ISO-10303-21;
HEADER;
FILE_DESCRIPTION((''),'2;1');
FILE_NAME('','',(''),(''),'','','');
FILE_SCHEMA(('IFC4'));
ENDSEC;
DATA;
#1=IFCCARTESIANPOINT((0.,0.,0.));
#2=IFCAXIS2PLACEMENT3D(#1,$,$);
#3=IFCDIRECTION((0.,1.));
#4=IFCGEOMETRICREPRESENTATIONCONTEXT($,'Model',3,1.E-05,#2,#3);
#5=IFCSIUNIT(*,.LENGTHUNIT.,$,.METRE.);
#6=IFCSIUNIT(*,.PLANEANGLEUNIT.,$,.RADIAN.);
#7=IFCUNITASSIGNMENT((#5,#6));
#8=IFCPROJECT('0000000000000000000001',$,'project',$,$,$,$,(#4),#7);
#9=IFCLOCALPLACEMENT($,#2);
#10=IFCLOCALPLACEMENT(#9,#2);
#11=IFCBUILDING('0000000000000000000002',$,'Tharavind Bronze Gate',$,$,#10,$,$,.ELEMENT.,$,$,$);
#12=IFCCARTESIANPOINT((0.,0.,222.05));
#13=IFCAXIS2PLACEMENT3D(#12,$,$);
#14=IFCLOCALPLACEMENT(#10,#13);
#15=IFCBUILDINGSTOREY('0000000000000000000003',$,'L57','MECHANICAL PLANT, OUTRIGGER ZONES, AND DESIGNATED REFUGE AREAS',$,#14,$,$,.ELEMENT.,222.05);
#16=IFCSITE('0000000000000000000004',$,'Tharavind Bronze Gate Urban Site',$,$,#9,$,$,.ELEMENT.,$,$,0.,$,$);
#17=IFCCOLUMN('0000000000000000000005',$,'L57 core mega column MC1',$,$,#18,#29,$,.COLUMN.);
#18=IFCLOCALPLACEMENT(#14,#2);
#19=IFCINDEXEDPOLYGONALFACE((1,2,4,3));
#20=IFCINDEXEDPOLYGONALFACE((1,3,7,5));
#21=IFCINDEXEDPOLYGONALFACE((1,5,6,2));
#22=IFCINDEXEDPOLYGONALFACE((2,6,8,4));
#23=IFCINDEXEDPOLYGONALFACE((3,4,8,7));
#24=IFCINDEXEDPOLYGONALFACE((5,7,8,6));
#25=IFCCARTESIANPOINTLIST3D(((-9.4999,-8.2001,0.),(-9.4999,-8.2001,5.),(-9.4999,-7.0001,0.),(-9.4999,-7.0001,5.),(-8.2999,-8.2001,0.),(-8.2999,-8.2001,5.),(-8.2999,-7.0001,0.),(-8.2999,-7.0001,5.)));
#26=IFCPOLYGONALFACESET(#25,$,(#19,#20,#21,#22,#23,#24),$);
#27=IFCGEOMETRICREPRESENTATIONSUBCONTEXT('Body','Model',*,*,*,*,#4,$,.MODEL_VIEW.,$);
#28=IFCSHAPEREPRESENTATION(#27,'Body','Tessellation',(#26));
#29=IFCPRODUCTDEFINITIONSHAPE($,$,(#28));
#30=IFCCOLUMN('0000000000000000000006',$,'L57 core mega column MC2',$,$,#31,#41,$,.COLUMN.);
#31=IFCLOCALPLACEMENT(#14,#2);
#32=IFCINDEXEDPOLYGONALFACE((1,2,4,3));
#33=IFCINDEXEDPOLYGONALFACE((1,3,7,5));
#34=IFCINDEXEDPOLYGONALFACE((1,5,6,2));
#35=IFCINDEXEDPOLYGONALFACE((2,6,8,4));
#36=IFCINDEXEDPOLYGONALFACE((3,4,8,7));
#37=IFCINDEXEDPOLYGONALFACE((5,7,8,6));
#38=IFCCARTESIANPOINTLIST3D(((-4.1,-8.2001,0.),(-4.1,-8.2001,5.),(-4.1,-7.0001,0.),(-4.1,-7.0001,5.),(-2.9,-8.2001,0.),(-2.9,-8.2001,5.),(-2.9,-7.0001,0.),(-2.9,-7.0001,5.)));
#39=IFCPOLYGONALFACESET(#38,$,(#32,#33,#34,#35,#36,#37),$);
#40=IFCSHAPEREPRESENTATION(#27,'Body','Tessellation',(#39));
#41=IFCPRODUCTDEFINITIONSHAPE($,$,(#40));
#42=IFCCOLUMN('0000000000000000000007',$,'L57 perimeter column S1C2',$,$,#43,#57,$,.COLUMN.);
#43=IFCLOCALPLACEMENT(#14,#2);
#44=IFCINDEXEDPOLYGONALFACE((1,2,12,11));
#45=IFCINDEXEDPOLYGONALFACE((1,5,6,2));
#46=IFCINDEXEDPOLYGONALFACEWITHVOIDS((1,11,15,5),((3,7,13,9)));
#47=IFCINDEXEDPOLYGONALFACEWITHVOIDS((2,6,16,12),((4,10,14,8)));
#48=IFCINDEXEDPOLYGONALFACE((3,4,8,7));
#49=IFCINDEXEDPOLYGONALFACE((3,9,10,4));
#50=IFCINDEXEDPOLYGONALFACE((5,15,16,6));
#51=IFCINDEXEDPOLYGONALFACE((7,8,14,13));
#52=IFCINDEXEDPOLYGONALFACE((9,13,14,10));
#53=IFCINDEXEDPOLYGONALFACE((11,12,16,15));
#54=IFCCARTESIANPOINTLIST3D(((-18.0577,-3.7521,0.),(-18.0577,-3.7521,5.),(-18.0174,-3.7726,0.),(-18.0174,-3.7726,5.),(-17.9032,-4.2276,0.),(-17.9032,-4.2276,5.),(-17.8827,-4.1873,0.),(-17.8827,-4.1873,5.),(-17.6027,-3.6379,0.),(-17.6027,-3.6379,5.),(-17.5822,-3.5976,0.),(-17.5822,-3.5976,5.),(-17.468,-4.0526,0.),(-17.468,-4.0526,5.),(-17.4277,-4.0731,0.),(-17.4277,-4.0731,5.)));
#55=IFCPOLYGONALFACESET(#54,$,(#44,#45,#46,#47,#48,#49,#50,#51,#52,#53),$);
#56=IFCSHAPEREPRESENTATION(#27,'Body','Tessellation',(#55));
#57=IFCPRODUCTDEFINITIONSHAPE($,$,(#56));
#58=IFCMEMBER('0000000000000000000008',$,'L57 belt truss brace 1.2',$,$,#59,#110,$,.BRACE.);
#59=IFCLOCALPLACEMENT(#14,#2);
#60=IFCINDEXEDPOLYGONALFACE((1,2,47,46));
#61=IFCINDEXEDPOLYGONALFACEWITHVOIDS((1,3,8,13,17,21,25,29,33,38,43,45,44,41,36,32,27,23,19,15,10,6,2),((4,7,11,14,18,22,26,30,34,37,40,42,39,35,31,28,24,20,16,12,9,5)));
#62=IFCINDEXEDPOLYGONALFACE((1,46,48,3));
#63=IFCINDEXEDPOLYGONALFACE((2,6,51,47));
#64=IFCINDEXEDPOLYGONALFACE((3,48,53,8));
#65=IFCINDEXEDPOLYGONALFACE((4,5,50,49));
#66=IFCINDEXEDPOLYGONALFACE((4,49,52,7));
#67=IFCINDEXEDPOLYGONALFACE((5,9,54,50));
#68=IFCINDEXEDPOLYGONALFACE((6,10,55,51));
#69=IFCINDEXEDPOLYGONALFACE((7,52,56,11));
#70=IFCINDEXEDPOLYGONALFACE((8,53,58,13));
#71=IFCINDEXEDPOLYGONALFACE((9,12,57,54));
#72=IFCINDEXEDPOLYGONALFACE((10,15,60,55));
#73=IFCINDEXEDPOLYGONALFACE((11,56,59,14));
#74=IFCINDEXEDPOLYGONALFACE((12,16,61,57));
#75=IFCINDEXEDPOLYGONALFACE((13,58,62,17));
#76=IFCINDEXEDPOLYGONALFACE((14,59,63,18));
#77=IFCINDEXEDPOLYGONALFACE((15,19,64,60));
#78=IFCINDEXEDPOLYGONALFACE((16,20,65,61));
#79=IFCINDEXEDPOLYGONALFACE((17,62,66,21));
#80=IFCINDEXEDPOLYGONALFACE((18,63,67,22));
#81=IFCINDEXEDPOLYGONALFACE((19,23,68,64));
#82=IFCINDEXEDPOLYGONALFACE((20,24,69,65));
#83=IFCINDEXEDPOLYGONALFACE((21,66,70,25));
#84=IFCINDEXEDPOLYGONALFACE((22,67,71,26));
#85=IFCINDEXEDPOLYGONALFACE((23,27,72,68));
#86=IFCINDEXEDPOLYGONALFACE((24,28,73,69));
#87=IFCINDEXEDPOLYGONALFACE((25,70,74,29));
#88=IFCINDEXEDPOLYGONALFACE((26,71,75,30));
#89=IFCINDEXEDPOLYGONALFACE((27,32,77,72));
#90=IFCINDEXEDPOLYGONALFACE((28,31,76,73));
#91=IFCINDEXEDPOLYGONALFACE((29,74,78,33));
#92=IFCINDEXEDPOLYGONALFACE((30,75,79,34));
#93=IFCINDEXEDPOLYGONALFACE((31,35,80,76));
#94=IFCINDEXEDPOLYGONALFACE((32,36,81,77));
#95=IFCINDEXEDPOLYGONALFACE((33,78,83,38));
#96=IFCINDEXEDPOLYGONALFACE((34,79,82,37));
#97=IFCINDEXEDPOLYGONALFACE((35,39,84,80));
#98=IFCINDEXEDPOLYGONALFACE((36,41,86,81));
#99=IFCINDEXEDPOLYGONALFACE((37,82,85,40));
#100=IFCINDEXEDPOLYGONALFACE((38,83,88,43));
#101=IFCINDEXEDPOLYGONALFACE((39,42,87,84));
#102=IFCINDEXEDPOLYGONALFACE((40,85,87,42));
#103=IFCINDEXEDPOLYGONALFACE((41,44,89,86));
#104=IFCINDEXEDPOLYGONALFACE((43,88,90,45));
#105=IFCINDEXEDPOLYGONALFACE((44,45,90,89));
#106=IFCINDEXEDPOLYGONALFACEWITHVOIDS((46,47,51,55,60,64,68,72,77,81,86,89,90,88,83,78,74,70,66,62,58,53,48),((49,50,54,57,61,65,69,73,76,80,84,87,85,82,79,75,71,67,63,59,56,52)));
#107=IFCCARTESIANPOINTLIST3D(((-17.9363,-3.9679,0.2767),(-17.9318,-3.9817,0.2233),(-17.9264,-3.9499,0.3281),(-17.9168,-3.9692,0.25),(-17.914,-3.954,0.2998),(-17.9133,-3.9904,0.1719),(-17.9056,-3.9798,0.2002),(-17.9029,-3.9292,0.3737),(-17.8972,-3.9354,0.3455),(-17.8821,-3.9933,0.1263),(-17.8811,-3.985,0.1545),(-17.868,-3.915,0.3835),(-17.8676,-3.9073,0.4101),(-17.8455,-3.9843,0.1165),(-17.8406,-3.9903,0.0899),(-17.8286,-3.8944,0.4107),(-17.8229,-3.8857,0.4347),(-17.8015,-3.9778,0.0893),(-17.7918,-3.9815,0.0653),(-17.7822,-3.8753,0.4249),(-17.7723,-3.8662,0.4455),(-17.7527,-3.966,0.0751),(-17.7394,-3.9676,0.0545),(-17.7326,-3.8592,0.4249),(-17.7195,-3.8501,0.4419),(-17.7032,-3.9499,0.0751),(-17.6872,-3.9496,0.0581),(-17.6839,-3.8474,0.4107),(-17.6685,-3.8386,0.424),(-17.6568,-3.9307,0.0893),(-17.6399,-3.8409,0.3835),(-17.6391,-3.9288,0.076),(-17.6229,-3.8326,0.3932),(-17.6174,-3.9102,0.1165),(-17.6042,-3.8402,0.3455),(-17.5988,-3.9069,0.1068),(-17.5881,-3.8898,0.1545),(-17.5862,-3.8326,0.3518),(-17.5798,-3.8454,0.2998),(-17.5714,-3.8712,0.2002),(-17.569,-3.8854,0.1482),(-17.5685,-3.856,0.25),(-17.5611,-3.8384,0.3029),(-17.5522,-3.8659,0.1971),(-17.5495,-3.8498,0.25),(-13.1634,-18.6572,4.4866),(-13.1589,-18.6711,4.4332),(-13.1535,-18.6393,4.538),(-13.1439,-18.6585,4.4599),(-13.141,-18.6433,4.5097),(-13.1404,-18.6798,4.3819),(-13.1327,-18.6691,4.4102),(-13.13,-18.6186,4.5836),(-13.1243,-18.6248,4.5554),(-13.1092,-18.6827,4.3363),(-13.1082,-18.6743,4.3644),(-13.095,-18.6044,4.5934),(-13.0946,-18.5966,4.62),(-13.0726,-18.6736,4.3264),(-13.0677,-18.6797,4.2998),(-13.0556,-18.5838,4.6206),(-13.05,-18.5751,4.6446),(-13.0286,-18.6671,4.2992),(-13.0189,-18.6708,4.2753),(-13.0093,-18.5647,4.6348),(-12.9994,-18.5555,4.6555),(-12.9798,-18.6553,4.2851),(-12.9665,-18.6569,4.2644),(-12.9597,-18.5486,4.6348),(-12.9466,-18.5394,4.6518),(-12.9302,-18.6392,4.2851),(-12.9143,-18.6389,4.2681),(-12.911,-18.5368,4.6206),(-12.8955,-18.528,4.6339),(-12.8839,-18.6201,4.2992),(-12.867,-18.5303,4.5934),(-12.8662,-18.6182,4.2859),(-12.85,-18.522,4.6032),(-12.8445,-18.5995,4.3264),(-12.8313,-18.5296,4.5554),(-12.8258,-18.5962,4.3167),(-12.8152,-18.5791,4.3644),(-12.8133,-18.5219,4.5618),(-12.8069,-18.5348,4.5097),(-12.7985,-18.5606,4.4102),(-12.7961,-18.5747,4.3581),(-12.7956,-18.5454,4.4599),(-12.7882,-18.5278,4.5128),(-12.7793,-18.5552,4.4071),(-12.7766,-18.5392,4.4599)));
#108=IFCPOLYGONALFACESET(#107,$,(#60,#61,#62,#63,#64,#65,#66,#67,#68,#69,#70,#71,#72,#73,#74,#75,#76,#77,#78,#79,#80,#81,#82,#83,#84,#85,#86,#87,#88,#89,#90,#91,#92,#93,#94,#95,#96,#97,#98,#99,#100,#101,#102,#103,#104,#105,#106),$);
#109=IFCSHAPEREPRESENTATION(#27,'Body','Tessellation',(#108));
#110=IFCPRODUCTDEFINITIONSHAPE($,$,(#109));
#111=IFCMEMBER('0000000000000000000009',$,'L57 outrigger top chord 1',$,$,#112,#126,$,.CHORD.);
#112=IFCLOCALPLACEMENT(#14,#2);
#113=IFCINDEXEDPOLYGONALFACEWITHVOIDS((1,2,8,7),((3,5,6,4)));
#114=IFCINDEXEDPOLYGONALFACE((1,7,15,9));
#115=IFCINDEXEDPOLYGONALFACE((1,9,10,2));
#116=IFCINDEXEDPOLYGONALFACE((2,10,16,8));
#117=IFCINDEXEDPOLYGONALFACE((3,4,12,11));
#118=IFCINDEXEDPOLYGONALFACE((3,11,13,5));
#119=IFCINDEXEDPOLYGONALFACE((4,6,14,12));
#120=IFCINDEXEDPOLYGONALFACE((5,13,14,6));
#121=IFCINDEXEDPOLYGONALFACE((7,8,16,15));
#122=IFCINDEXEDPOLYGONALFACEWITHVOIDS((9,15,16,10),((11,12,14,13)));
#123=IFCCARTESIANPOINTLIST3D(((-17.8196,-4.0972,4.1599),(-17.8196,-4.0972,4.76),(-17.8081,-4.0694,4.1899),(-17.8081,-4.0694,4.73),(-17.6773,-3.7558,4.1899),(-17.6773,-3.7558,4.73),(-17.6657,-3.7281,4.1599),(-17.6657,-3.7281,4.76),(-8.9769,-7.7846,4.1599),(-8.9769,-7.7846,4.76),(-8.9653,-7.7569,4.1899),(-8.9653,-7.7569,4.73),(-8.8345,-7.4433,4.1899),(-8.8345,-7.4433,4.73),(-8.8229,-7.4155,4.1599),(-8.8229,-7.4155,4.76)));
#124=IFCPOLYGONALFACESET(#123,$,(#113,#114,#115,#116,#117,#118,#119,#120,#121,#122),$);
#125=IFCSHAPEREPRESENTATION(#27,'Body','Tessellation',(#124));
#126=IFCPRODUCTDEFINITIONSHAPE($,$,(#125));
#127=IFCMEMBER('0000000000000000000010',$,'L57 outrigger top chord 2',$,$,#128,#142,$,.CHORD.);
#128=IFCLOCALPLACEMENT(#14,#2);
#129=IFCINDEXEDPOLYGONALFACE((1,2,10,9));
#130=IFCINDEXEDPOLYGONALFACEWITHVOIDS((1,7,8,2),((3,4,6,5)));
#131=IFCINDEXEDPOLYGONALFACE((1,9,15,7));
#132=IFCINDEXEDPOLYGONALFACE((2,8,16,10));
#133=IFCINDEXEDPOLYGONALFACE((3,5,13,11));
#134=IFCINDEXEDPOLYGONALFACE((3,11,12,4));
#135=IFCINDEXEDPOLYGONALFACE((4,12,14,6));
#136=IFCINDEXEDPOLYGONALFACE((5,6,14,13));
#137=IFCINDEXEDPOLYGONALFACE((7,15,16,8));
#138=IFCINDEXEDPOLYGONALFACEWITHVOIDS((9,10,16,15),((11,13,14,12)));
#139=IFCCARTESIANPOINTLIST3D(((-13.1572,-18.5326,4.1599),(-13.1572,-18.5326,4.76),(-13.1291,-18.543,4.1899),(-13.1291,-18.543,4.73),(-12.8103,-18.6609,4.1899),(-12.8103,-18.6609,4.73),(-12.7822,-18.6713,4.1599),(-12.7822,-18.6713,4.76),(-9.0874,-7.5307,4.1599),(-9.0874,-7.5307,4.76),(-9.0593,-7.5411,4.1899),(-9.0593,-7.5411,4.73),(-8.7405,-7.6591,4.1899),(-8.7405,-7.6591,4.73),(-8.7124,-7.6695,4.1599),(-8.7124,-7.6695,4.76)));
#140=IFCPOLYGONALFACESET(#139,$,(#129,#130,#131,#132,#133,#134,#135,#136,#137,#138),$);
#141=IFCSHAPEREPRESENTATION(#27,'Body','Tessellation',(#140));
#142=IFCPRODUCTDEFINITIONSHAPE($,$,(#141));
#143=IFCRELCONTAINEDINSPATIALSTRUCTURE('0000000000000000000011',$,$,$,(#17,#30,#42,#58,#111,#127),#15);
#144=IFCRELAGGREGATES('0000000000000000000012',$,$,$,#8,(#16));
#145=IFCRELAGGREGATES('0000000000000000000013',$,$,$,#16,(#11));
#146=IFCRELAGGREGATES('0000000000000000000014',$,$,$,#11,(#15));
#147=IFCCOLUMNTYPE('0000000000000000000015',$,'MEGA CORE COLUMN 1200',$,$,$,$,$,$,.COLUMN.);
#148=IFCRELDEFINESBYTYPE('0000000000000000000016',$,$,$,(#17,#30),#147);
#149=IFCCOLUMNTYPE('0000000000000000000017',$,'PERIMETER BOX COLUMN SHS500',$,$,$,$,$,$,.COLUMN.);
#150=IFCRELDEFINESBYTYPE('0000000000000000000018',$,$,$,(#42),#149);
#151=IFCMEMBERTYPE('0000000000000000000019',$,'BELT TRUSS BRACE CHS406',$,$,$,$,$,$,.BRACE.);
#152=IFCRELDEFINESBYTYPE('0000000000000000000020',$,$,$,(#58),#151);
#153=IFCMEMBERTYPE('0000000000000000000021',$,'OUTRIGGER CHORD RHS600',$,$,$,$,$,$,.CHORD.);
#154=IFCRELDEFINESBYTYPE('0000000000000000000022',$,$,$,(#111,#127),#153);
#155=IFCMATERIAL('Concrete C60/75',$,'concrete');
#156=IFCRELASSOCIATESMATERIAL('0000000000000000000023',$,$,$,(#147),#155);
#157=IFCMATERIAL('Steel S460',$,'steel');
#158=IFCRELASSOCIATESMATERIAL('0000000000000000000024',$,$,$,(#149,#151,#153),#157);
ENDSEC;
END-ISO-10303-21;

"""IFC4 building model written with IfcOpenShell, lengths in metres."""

from ifc_helpers import new_model, si_unit, direction, frame, origin, origin_2d, place, context, subcontext, project, spatial, rectangle, hollow_rectangle, hollow_circle, extrude, material, material_profile, profile_set, type_object, element, save


model = new_model("IFC4")

# Units and contexts
model_context = context("Model", 3, precision=1e-05, world=origin(), true_north=direction((0.0, 1.0)))
body_context = subcontext(model_context, "Body", "Model", "MODEL_VIEW")
ifc_project = project(units=[si_unit("LENGTHUNIT", "METRE"), si_unit("PLANEANGLEUNIT", "RADIAN")], contexts=[model_context])

# Site, building, storey
site_placement = place(None, origin())
site = spatial("IfcSite", under=ifc_project, at=site_placement, Name="Tharavind Bronze Gate Urban Site", CompositionType="ELEMENT", RefElevation=0.0)
building_placement = place(site_placement, origin())
building = spatial("IfcBuilding", under=site, at=building_placement, Name="Tharavind Bronze Gate", CompositionType="ELEMENT")
storey_placement = place(building_placement, frame((0.0, 0.0, 222.05)))
storey = spatial("IfcBuildingStorey", under=building, at=storey_placement, Name="L57", Description="MECHANICAL PLANT, OUTRIGGER ZONES, AND DESIGNATED REFUGE AREAS", CompositionType="ELEMENT", Elevation=222.05)

# Columns
ifc_material_1 = material(Name="Concrete C60/75", Category="concrete")
ifc_material_profile_1 = material_profile(ifc_material_1, rectangle(XDim=1.2, YDim=1.2, at=origin_2d()), Name="RCCOL1200")
ifc_profile_set_1 = profile_set([ifc_material_profile_1], Name="Concrete C60/75")
column_type_1 = type_object("IfcColumnType", Name="MEGA CORE COLUMN 1200", PredefinedType="COLUMN", material=ifc_profile_set_1)
for number, where, z_axis, x_axis, name in (
    (1, (-8.8999, -7.6001, 0.0), (0.0, 0.0, 1.0), (1.0, 0.0, 0.0), "L57 core mega column MC1"),
    (2, (-3.5, -7.6001, 0.0), (0.0, 0.0, 1.0), (1.0, 0.0, 0.0), "L57 core mega column MC2"),
):
    element("IfcColumn", number, at=place(storey_placement, frame(where, z_axis=z_axis, x_axis=x_axis)), inside=storey, type_object=column_type_1, Name=name, PredefinedType="COLUMN", context=body_context, shape_type="SweptSolid", body=[
        extrude(rectangle(XDim=1.2, YDim=1.2, at=origin_2d()), origin(), (0.0, 0.0, 1.0), 5.0),
    ])
ifc_material_2 = material(Name="Steel S460", Category="steel")
ifc_material_profile_2 = material_profile(ifc_material_2, hollow_rectangle(XDim=0.5, YDim=0.5, WallThickness=0.032, at=origin_2d()), Name="SHS500X32")
ifc_profile_set_2 = profile_set([ifc_material_profile_2], Name="Steel S460")
column_type_2 = type_object("IfcColumnType", Name="PERIMETER BOX COLUMN SHS500", PredefinedType="COLUMN", material=ifc_profile_set_2)
column_placement = place(storey_placement, frame((-17.7427, -3.9126, 0.0), z_axis=(0.0, 0.0, 1.0), x_axis=(-0.309017, 0.951057, 0.0)))
element("IfcColumn", 3, at=column_placement, inside=storey, type_object=column_type_2, Name="L57 perimeter column S1C2", PredefinedType="COLUMN", context=body_context, shape_type="SweptSolid", body=[
    extrude(hollow_rectangle(XDim=0.5, YDim=0.5, WallThickness=0.032, at=origin_2d()), origin(), (0.0, 0.0, 1.0), 5.0),
])

# Members
ifc_material_profile_3 = material_profile(ifc_material_2, hollow_circle(Radius=0.2031, WallThickness=0.02, at=origin_2d()), Name="CHS406X20")
ifc_profile_set_3 = profile_set([ifc_material_profile_3], Name="Steel S460")
member_type_1 = type_object("IfcMemberType", Name="BELT TRUSS BRACE CHS406", PredefinedType="BRACE", material=ifc_profile_set_3)
member_1_placement = place(storey_placement, frame((-17.7427, -3.9126, 0.25), z_axis=(0.298144, -0.91758, 0.262976), x_axis=(0.951055, 0.30902, 0.0)))
element("IfcMember", 4, at=member_1_placement, inside=storey, type_object=member_type_1, Name="L57 belt truss brace 1.2", PredefinedType="BRACE", context=body_context, shape_type="SweptSolid", body=[
    extrude(hollow_circle(Radius=0.2031, WallThickness=0.02, at=origin_2d()), origin(), (0.0, 0.0, 1.0), 16.0088),
])
ifc_material_profile_4 = material_profile(ifc_material_2, hollow_rectangle(XDim=0.3999, YDim=0.6001, WallThickness=0.03, at=origin_2d()), Name="RHS600X400X30")
ifc_profile_set_4 = profile_set([ifc_material_profile_4], Name="Steel S460")
member_type_2 = type_object("IfcMemberType", Name="OUTRIGGER CHORD RHS600", PredefinedType="CHORD", material=ifc_profile_set_4)
member_2_placement = place(storey_placement, frame((-8.8999, -7.6001, 4.46), z_axis=(-0.922965, 0.384883, 0.0), x_axis=(-0.384883, -0.922965, 0.0)))
element("IfcMember", 5, at=member_2_placement, inside=storey, type_object=member_type_2, Name="L57 outrigger top chord 1", PredefinedType="CHORD", context=body_context, shape_type="SweptSolid", body=[
    extrude(hollow_rectangle(XDim=0.3999, YDim=0.6001, WallThickness=0.03, at=origin_2d()), origin(), (0.0, 0.0, 1.0), 9.5808),
])
member_3_placement = place(storey_placement, frame((-8.8999, -7.6001, 4.46), z_axis=(-0.346942, -0.937887, 0.0), x_axis=(0.937887, -0.346942, 0.0)))
element("IfcMember", 6, at=member_3_placement, inside=storey, type_object=member_type_2, Name="L57 outrigger top chord 2", PredefinedType="CHORD", context=body_context, shape_type="SweptSolid", body=[
    extrude(hollow_rectangle(XDim=0.3999, YDim=0.6001, WallThickness=0.03, at=origin_2d()), origin(), (0.0, 0.0, 1.0), 11.7305),
])

save(model, "model.ifc")
